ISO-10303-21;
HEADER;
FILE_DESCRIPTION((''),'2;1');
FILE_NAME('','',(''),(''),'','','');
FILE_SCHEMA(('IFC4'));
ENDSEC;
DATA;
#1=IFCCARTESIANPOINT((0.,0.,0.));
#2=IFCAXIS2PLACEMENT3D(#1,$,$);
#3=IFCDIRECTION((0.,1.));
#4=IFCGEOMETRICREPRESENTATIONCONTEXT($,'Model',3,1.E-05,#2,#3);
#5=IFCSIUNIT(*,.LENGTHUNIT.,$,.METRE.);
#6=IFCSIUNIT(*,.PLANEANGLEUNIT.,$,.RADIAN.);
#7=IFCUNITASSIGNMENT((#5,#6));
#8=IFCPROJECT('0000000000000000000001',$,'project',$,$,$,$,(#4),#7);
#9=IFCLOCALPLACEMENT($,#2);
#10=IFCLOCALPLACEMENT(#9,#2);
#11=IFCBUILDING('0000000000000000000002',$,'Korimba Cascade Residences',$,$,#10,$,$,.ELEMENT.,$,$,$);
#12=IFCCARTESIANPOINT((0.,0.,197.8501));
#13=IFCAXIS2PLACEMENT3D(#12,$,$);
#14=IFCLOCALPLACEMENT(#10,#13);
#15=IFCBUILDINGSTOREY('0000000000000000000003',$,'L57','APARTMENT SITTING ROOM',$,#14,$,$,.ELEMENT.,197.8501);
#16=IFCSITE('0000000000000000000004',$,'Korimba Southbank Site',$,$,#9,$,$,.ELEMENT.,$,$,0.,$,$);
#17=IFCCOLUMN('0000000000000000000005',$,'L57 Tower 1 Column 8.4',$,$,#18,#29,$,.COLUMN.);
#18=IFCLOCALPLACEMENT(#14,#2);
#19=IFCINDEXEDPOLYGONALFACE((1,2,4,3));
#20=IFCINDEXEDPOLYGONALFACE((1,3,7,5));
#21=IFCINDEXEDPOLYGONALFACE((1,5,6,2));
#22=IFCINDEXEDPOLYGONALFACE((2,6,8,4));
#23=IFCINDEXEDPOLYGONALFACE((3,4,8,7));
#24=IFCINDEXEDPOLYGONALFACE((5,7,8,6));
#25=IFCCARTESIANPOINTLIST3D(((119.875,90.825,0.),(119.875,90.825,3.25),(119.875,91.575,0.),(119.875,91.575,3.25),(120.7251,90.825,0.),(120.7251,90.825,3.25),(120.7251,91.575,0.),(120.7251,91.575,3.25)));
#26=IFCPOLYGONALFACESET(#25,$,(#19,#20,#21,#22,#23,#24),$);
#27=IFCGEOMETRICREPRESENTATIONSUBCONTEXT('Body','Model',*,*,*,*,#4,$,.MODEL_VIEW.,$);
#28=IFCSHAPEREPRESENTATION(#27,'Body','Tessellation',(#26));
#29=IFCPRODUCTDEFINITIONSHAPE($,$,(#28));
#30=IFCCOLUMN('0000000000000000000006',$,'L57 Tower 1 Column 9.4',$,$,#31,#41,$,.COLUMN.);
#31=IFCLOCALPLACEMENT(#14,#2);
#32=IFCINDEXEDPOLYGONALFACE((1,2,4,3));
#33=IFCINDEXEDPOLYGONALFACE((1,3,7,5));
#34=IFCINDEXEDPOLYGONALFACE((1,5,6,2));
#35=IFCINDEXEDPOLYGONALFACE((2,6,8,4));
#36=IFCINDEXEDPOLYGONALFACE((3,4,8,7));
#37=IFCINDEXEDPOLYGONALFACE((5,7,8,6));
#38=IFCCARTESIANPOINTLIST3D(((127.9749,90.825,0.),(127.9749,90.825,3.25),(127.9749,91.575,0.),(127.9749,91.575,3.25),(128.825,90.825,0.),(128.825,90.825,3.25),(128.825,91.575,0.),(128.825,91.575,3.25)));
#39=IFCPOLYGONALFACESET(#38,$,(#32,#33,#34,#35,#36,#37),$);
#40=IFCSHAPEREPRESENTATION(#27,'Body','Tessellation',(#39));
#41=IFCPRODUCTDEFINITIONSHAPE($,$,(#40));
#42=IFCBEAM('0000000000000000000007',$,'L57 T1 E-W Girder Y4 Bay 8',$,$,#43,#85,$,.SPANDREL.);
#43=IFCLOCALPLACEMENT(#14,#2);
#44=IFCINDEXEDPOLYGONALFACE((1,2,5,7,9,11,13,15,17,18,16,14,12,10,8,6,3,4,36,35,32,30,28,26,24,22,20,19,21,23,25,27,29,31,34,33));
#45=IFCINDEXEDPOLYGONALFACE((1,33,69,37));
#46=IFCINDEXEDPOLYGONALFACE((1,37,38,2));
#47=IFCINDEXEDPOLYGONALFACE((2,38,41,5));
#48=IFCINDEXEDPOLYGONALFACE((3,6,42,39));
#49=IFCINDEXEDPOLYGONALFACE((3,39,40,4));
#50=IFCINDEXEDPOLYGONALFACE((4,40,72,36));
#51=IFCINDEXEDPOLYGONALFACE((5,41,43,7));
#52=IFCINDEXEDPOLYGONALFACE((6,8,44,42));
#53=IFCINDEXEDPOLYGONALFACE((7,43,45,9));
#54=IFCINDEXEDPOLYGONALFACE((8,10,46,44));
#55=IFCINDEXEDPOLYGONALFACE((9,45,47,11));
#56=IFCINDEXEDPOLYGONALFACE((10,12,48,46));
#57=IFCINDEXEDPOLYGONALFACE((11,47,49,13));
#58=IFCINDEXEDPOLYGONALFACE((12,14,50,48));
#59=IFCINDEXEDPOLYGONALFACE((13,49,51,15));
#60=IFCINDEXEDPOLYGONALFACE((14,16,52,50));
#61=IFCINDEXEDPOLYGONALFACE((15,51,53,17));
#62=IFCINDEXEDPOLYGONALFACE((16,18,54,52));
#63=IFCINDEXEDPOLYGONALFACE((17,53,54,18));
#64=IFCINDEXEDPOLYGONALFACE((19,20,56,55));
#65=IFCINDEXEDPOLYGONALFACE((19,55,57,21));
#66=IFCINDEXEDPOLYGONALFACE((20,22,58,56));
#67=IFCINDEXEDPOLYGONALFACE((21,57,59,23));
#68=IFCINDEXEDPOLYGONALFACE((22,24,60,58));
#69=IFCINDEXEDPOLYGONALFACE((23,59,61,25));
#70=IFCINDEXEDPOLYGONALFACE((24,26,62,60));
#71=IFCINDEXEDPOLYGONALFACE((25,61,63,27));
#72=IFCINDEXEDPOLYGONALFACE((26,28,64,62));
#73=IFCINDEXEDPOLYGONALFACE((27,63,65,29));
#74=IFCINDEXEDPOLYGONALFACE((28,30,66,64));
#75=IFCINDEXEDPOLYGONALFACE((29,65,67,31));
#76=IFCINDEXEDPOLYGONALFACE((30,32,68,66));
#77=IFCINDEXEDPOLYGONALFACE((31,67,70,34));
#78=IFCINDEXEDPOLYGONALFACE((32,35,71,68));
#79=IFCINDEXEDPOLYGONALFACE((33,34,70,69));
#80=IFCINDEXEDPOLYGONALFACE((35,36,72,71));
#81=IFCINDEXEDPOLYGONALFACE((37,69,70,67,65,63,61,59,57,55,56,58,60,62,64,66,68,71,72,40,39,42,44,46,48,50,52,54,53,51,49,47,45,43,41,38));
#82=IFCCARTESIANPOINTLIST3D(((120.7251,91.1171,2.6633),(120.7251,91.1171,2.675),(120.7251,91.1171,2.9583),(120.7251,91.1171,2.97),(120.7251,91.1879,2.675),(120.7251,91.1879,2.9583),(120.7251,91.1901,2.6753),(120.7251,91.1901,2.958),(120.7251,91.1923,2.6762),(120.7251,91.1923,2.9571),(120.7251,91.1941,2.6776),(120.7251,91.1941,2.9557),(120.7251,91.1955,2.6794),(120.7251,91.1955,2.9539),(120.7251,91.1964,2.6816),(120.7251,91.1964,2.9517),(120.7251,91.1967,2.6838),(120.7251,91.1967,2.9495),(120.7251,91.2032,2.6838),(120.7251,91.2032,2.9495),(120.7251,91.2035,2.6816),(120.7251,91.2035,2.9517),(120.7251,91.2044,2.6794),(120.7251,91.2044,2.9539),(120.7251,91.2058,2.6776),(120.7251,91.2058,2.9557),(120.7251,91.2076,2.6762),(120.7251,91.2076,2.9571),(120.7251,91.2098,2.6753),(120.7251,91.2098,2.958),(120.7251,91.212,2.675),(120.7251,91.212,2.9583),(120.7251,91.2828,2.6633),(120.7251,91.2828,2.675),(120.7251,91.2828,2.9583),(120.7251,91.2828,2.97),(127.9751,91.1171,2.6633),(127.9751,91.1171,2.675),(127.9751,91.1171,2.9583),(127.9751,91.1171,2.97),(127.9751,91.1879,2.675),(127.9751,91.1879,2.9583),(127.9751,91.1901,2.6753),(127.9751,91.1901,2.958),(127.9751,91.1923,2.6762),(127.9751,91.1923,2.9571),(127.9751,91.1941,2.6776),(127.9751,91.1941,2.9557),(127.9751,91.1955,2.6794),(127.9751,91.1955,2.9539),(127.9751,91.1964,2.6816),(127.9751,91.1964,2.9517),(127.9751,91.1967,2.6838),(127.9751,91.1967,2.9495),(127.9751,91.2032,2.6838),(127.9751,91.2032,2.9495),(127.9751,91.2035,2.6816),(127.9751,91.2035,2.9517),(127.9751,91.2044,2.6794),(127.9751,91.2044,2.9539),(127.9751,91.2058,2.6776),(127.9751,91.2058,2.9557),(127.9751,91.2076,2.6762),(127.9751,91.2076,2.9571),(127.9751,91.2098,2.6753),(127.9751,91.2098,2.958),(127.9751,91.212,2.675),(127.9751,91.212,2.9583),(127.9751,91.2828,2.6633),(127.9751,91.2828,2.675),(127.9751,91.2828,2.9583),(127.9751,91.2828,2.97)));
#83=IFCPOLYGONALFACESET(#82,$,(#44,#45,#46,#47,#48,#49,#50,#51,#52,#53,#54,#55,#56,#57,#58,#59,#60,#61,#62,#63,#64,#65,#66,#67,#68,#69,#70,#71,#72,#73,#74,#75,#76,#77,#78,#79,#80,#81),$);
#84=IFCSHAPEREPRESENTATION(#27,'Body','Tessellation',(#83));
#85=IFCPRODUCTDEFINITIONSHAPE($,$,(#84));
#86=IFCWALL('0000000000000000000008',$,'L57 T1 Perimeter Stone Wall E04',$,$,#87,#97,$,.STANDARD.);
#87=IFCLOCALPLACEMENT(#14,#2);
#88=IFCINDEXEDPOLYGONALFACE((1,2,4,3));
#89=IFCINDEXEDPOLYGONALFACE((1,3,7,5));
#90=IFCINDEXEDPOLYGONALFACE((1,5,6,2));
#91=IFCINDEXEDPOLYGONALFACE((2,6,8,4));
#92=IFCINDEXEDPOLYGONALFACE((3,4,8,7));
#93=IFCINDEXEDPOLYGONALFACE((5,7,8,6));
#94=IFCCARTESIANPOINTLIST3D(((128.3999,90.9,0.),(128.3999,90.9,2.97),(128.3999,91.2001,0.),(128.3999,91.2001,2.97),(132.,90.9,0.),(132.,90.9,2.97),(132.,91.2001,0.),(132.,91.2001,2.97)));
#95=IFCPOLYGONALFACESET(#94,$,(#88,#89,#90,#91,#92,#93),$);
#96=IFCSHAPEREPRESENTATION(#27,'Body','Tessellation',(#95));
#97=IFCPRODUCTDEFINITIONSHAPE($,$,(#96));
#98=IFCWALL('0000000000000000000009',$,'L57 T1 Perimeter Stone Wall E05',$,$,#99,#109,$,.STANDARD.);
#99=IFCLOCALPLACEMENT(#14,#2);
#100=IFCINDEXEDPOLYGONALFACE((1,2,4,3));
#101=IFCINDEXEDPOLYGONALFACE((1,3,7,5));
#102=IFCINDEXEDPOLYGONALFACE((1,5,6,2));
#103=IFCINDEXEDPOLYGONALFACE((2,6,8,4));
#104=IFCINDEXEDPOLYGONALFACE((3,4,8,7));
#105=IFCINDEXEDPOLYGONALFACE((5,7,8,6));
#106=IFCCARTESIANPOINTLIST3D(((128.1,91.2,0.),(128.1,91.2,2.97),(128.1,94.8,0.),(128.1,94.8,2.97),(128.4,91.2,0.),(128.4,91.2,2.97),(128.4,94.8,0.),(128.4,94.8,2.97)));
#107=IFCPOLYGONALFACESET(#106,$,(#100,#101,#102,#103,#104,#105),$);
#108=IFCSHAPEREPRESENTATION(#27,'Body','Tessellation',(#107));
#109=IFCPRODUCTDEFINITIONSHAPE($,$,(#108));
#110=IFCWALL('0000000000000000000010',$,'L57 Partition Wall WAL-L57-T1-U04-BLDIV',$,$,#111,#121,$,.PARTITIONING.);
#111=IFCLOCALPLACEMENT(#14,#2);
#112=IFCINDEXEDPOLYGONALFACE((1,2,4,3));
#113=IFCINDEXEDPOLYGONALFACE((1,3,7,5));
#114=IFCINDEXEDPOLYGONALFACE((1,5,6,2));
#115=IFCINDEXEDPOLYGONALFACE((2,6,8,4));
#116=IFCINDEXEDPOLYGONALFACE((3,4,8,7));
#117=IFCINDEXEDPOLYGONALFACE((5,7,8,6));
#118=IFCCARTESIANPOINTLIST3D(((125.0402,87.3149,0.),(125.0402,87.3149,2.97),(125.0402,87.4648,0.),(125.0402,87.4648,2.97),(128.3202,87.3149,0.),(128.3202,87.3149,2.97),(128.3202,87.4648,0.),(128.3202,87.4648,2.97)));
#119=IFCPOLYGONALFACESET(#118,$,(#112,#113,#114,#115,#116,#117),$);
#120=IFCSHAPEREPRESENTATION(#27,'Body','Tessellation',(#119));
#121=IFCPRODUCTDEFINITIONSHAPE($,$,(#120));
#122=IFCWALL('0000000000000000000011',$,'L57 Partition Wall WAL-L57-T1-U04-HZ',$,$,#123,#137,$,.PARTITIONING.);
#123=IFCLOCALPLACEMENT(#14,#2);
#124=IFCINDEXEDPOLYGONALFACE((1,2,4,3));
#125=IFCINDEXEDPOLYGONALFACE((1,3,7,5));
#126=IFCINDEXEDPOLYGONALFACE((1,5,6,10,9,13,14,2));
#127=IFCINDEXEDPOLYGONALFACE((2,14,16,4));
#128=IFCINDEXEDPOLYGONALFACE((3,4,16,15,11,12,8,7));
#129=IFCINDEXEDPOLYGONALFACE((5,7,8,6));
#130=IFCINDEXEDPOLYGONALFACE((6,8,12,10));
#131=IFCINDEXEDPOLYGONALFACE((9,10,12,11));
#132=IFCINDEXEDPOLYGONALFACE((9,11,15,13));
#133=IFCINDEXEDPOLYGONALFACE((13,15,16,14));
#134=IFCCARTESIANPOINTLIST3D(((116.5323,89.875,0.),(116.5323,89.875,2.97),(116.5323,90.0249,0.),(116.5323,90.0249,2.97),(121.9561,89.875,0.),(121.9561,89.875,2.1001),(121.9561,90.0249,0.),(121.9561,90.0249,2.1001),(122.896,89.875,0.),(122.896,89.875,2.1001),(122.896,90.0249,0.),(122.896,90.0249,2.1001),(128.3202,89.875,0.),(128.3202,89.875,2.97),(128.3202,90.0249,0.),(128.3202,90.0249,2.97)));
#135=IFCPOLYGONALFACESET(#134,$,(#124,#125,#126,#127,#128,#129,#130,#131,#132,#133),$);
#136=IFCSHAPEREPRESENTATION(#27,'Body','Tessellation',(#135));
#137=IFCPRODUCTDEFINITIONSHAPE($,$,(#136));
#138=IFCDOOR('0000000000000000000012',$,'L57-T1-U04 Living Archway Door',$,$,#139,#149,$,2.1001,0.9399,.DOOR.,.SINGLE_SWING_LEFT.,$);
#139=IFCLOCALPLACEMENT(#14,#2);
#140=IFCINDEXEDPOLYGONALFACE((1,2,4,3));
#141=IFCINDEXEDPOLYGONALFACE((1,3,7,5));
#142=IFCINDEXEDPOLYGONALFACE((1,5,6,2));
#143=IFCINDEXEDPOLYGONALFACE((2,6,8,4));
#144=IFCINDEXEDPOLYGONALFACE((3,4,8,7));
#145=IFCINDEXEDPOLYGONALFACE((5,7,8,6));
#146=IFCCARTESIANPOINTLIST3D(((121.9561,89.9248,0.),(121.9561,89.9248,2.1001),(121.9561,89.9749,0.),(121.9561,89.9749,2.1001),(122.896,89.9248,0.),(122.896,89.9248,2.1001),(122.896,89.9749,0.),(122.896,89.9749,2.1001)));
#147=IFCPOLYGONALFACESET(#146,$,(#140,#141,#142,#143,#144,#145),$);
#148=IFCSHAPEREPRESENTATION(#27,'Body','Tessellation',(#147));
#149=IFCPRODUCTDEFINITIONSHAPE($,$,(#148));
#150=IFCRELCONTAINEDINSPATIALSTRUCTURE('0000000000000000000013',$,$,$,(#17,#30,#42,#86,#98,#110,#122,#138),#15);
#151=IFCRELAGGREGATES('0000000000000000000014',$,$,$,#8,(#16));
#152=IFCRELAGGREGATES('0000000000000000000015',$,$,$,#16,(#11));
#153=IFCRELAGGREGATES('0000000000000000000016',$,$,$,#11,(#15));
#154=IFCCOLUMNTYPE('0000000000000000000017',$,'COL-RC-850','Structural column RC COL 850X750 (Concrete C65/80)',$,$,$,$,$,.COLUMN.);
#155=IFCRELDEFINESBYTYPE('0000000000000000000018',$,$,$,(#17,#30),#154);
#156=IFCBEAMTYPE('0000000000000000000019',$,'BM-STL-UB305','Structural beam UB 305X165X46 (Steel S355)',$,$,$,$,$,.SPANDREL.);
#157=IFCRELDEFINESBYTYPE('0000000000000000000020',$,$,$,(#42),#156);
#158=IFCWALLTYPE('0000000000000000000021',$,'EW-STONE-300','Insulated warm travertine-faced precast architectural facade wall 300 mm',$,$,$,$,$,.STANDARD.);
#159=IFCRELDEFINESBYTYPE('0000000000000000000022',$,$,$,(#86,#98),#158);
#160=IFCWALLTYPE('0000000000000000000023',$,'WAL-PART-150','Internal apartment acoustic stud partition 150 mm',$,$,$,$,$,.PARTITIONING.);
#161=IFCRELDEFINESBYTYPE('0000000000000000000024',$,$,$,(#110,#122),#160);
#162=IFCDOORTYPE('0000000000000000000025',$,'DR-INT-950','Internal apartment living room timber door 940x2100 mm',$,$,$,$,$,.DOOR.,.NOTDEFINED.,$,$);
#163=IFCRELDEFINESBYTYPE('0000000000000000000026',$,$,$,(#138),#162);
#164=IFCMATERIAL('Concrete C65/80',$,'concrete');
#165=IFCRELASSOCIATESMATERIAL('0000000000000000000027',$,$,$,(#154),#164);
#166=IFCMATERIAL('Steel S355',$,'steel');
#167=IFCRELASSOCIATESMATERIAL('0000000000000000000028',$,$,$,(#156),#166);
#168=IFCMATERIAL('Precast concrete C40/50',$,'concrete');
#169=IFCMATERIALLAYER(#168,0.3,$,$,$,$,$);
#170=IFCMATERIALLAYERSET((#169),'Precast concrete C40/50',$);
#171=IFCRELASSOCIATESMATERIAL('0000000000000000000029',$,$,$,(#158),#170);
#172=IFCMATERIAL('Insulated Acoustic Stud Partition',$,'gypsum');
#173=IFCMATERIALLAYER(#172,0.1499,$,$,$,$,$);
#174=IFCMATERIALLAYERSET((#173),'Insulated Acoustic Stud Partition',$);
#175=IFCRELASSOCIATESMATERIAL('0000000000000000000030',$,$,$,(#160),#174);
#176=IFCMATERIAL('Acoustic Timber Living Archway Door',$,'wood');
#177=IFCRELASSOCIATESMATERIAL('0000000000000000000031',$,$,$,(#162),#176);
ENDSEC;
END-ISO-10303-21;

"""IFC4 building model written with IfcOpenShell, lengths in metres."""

from ifc_helpers import new_model, si_unit, direction, frame, frame_2d, origin, origin_2d, place, context, subcontext, project, spatial, rectangle, i_section, extrude, material, layer, layer_set, material_profile, profile_set, type_object, element, fill, save


model = new_model("IFC4")

# Units and contexts
model_context = context("Model", 3, precision=1e-05, world=origin(), true_north=direction((0.0, 1.0)))
body_context = subcontext(model_context, "Body", "Model", "MODEL_VIEW")
ifc_project = project(units=[si_unit("LENGTHUNIT", "METRE"), si_unit("PLANEANGLEUNIT", "RADIAN")], contexts=[model_context])

# Site, building, storey
site_placement = place(None, origin())
site = spatial("IfcSite", under=ifc_project, at=site_placement, Name="Korimba Southbank Site", CompositionType="ELEMENT", RefElevation=0.0)
building_placement = place(site_placement, origin())
building = spatial("IfcBuilding", under=site, at=building_placement, Name="Korimba Cascade Residences", CompositionType="ELEMENT")
storey_placement = place(building_placement, frame((0.0, 0.0, 197.8501)))
storey = spatial("IfcBuildingStorey", under=building, at=storey_placement, Name="L57", Description="APARTMENT SITTING ROOM", CompositionType="ELEMENT", Elevation=197.8501)

# Columns
ifc_material_1 = material(Name="Concrete C65/80", Category="concrete")
ifc_material_profile_1 = material_profile(ifc_material_1, rectangle(XDim=0.8501, YDim=0.75, at=origin_2d()), Name="Concrete C65/80")
ifc_profile_set_1 = profile_set([ifc_material_profile_1], Name="Concrete C65/80")
column_type = type_object("IfcColumnType", Name="COL-RC-850", Description="Structural column RC COL 850X750 (Concrete C65/80)", PredefinedType="COLUMN", material=ifc_profile_set_1)
for number, where, z_axis, x_axis, name in (
    (1, (120.3, 91.2, 0.0), (0.0, 0.0, 1.0), (1.0, 0.0, 0.0), "L57 Tower 1 Column 8.4"),
    (2, (128.3999, 91.2, 0.0), (0.0, 0.0, 1.0), (1.0, 0.0, 0.0), "L57 Tower 1 Column 9.4"),
):
    element("IfcColumn", number, at=place(storey_placement, frame(where, z_axis=z_axis, x_axis=x_axis)), inside=storey, type_object=column_type, Name=name, PredefinedType="COLUMN", context=body_context, shape_type="SweptSolid", body=[
        extrude(rectangle(XDim=0.8501, YDim=0.75, at=origin_2d()), origin(), (0.0, 0.0, 1.0), 3.25),
    ])

# Beam
ifc_material_2 = material(Name="Steel S355", Category="steel")
ifc_material_profile_2 = material_profile(ifc_material_2, i_section(OverallWidth=0.1658, OverallDepth=0.3066, WebThickness=0.0066, FlangeThickness=0.0117, FilletRadius=0.0088, at=origin_2d()), Name="Steel S355")
ifc_profile_set_2 = profile_set([ifc_material_profile_2], Name="Steel S355")
beam_type = type_object("IfcBeamType", Name="BM-STL-UB305", Description="Structural beam UB 305X165X46 (Steel S355)", PredefinedType="SPANDREL", material=ifc_profile_set_2)
beam_placement = place(storey_placement, frame((120.7251, 91.2, 2.8167), z_axis=(1.0, 0.0, 0.0), x_axis=(0.0, 1.0, 0.0)))
element("IfcBeam", 3, at=beam_placement, inside=storey, type_object=beam_type, Name="L57 T1 E-W Girder Y4 Bay 8", PredefinedType="SPANDREL", context=body_context, shape_type="SweptSolid", body=[
    extrude(i_section(OverallWidth=0.1658, OverallDepth=0.3066, WebThickness=0.0066, FlangeThickness=0.0117, FilletRadius=0.0088, at=origin_2d()), origin(), (0.0, 0.0, 1.0), 7.25),
])

# Shared definitions
ifc_material_3 = material(Name="Precast concrete C40/50", Category="concrete")

# Walls
ifc_layer_1 = layer(ifc_material_3, 0.3)
ifc_layer_set_1 = layer_set([ifc_layer_1], Name="Precast concrete C40/50")
wall_type_1 = type_object("IfcWallType", Name="EW-STONE-300", Description="Insulated warm travertine-faced precast architectural facade wall 300 mm", PredefinedType="STANDARD", material=ifc_layer_set_1)
for number, where, z_axis, x_axis, name in (
    (4, (132.0, 91.05, 0.0), (0.0, 0.0, 1.0), (-1.0, 0.0, 0.0), "L57 T1 Perimeter Stone Wall E04"),
    (5, (128.25, 91.2, 0.0), (0.0, 0.0, 1.0), (0.0, 1.0, 0.0), "L57 T1 Perimeter Stone Wall E05"),
):
    element("IfcWall", number, at=place(storey_placement, frame(where, z_axis=z_axis, x_axis=x_axis)), inside=storey, type_object=wall_type_1, Name=name, PredefinedType="STANDARD", context=body_context, shape_type="SweptSolid", body=[
        extrude(rectangle(XDim=3.6001, YDim=0.3, at=frame_2d((1.8, 0.0))), origin(), (0.0, 0.0, 1.0), 2.97),
    ])
ifc_material_4 = material(Name="Insulated Acoustic Stud Partition", Category="gypsum")
ifc_layer_2 = layer(ifc_material_4, 0.1499)
ifc_layer_set_2 = layer_set([ifc_layer_2], Name="Insulated Acoustic Stud Partition")
wall_type_2 = type_object("IfcWallType", Name="WAL-PART-150", Description="Internal apartment acoustic stud partition 150 mm", PredefinedType="PARTITIONING", material=ifc_layer_set_2)
wall_1_placement = place(storey_placement, frame((125.04, 87.3899, 0.0), z_axis=(0.0, 0.0, 1.0), x_axis=(1.0, 0.0, 0.0)))
element("IfcWall", 6, at=wall_1_placement, inside=storey, type_object=wall_type_2, Name="L57 Partition Wall WAL-L57-T1-U04-BLDIV", PredefinedType="PARTITIONING", context=body_context, shape_type="SweptSolid", body=[
    extrude(rectangle(XDim=3.28, YDim=0.1499, at=frame_2d((1.6401, 0.0))), origin(), (0.0, 0.0, 1.0), 2.97),
])

# Wall, opening, door
wall_2_placement = place(storey_placement, frame((116.5322, 89.95, 0.0), z_axis=(0.0, 0.0, 1.0), x_axis=(1.0, 0.0, 0.0)))
wall_2 = element("IfcWall", 7, at=wall_2_placement, inside=storey, type_object=wall_type_2, Name="L57 Partition Wall WAL-L57-T1-U04-HZ", PredefinedType="PARTITIONING", context=body_context, shape_type="SweptSolid", body=[
    extrude(rectangle(XDim=11.7878, YDim=0.1499, at=frame_2d((5.894, 0.0))), origin(), (0.0, 0.0, 1.0), 2.97),
])
opening_1_placement = place(wall_2_placement, frame((5.4238, 0.0, 0.0)))
opening_1 = element("IfcOpeningElement", 8, at=opening_1_placement, cuts=wall_2, PredefinedType="OPENING", context=body_context, shape_type="SweptSolid", body=[
    extrude(rectangle(XDim=0.9399, YDim=2.1001, at=frame_2d((0.47, 1.05))), frame((0.0, 0.085, 0.0), z_axis=(0.0, -1.0, 0.0), x_axis=(1.0, 0.0, 0.0)), (0.0, 0.0, 1.0), 0.1699),
])
ifc_material_5 = material(Name="Acoustic Timber Living Archway Door", Category="wood")
door_type_1 = type_object("IfcDoorType", Name="DR-INT-950", Description="Internal apartment living room timber door 940x2100 mm", OperationType="NOTDEFINED", PredefinedType="DOOR", material=ifc_material_5)
door_1_placement = place(opening_1_placement, origin())
door_1 = element("IfcDoor", 9, at=door_1_placement, inside=storey, type_object=door_type_1, Name="L57-T1-U04 Living Archway Door", OperationType="SINGLE_SWING_LEFT", OverallHeight=2.1001, OverallWidth=0.9399, PredefinedType="DOOR", context=body_context, shape_type="SweptSolid", body=[
    extrude(rectangle(XDim=0.9399, YDim=2.1001, at=frame_2d((0.47, 1.05))), frame((0.0, 0.0249, 0.0), z_axis=(0.0, -1.0, 0.0), x_axis=(1.0, 0.0, 0.0)), (0.0, 0.0, 1.0), 0.05),
])
fill(opening_1, door_1)

save(model, "model.ifc")
